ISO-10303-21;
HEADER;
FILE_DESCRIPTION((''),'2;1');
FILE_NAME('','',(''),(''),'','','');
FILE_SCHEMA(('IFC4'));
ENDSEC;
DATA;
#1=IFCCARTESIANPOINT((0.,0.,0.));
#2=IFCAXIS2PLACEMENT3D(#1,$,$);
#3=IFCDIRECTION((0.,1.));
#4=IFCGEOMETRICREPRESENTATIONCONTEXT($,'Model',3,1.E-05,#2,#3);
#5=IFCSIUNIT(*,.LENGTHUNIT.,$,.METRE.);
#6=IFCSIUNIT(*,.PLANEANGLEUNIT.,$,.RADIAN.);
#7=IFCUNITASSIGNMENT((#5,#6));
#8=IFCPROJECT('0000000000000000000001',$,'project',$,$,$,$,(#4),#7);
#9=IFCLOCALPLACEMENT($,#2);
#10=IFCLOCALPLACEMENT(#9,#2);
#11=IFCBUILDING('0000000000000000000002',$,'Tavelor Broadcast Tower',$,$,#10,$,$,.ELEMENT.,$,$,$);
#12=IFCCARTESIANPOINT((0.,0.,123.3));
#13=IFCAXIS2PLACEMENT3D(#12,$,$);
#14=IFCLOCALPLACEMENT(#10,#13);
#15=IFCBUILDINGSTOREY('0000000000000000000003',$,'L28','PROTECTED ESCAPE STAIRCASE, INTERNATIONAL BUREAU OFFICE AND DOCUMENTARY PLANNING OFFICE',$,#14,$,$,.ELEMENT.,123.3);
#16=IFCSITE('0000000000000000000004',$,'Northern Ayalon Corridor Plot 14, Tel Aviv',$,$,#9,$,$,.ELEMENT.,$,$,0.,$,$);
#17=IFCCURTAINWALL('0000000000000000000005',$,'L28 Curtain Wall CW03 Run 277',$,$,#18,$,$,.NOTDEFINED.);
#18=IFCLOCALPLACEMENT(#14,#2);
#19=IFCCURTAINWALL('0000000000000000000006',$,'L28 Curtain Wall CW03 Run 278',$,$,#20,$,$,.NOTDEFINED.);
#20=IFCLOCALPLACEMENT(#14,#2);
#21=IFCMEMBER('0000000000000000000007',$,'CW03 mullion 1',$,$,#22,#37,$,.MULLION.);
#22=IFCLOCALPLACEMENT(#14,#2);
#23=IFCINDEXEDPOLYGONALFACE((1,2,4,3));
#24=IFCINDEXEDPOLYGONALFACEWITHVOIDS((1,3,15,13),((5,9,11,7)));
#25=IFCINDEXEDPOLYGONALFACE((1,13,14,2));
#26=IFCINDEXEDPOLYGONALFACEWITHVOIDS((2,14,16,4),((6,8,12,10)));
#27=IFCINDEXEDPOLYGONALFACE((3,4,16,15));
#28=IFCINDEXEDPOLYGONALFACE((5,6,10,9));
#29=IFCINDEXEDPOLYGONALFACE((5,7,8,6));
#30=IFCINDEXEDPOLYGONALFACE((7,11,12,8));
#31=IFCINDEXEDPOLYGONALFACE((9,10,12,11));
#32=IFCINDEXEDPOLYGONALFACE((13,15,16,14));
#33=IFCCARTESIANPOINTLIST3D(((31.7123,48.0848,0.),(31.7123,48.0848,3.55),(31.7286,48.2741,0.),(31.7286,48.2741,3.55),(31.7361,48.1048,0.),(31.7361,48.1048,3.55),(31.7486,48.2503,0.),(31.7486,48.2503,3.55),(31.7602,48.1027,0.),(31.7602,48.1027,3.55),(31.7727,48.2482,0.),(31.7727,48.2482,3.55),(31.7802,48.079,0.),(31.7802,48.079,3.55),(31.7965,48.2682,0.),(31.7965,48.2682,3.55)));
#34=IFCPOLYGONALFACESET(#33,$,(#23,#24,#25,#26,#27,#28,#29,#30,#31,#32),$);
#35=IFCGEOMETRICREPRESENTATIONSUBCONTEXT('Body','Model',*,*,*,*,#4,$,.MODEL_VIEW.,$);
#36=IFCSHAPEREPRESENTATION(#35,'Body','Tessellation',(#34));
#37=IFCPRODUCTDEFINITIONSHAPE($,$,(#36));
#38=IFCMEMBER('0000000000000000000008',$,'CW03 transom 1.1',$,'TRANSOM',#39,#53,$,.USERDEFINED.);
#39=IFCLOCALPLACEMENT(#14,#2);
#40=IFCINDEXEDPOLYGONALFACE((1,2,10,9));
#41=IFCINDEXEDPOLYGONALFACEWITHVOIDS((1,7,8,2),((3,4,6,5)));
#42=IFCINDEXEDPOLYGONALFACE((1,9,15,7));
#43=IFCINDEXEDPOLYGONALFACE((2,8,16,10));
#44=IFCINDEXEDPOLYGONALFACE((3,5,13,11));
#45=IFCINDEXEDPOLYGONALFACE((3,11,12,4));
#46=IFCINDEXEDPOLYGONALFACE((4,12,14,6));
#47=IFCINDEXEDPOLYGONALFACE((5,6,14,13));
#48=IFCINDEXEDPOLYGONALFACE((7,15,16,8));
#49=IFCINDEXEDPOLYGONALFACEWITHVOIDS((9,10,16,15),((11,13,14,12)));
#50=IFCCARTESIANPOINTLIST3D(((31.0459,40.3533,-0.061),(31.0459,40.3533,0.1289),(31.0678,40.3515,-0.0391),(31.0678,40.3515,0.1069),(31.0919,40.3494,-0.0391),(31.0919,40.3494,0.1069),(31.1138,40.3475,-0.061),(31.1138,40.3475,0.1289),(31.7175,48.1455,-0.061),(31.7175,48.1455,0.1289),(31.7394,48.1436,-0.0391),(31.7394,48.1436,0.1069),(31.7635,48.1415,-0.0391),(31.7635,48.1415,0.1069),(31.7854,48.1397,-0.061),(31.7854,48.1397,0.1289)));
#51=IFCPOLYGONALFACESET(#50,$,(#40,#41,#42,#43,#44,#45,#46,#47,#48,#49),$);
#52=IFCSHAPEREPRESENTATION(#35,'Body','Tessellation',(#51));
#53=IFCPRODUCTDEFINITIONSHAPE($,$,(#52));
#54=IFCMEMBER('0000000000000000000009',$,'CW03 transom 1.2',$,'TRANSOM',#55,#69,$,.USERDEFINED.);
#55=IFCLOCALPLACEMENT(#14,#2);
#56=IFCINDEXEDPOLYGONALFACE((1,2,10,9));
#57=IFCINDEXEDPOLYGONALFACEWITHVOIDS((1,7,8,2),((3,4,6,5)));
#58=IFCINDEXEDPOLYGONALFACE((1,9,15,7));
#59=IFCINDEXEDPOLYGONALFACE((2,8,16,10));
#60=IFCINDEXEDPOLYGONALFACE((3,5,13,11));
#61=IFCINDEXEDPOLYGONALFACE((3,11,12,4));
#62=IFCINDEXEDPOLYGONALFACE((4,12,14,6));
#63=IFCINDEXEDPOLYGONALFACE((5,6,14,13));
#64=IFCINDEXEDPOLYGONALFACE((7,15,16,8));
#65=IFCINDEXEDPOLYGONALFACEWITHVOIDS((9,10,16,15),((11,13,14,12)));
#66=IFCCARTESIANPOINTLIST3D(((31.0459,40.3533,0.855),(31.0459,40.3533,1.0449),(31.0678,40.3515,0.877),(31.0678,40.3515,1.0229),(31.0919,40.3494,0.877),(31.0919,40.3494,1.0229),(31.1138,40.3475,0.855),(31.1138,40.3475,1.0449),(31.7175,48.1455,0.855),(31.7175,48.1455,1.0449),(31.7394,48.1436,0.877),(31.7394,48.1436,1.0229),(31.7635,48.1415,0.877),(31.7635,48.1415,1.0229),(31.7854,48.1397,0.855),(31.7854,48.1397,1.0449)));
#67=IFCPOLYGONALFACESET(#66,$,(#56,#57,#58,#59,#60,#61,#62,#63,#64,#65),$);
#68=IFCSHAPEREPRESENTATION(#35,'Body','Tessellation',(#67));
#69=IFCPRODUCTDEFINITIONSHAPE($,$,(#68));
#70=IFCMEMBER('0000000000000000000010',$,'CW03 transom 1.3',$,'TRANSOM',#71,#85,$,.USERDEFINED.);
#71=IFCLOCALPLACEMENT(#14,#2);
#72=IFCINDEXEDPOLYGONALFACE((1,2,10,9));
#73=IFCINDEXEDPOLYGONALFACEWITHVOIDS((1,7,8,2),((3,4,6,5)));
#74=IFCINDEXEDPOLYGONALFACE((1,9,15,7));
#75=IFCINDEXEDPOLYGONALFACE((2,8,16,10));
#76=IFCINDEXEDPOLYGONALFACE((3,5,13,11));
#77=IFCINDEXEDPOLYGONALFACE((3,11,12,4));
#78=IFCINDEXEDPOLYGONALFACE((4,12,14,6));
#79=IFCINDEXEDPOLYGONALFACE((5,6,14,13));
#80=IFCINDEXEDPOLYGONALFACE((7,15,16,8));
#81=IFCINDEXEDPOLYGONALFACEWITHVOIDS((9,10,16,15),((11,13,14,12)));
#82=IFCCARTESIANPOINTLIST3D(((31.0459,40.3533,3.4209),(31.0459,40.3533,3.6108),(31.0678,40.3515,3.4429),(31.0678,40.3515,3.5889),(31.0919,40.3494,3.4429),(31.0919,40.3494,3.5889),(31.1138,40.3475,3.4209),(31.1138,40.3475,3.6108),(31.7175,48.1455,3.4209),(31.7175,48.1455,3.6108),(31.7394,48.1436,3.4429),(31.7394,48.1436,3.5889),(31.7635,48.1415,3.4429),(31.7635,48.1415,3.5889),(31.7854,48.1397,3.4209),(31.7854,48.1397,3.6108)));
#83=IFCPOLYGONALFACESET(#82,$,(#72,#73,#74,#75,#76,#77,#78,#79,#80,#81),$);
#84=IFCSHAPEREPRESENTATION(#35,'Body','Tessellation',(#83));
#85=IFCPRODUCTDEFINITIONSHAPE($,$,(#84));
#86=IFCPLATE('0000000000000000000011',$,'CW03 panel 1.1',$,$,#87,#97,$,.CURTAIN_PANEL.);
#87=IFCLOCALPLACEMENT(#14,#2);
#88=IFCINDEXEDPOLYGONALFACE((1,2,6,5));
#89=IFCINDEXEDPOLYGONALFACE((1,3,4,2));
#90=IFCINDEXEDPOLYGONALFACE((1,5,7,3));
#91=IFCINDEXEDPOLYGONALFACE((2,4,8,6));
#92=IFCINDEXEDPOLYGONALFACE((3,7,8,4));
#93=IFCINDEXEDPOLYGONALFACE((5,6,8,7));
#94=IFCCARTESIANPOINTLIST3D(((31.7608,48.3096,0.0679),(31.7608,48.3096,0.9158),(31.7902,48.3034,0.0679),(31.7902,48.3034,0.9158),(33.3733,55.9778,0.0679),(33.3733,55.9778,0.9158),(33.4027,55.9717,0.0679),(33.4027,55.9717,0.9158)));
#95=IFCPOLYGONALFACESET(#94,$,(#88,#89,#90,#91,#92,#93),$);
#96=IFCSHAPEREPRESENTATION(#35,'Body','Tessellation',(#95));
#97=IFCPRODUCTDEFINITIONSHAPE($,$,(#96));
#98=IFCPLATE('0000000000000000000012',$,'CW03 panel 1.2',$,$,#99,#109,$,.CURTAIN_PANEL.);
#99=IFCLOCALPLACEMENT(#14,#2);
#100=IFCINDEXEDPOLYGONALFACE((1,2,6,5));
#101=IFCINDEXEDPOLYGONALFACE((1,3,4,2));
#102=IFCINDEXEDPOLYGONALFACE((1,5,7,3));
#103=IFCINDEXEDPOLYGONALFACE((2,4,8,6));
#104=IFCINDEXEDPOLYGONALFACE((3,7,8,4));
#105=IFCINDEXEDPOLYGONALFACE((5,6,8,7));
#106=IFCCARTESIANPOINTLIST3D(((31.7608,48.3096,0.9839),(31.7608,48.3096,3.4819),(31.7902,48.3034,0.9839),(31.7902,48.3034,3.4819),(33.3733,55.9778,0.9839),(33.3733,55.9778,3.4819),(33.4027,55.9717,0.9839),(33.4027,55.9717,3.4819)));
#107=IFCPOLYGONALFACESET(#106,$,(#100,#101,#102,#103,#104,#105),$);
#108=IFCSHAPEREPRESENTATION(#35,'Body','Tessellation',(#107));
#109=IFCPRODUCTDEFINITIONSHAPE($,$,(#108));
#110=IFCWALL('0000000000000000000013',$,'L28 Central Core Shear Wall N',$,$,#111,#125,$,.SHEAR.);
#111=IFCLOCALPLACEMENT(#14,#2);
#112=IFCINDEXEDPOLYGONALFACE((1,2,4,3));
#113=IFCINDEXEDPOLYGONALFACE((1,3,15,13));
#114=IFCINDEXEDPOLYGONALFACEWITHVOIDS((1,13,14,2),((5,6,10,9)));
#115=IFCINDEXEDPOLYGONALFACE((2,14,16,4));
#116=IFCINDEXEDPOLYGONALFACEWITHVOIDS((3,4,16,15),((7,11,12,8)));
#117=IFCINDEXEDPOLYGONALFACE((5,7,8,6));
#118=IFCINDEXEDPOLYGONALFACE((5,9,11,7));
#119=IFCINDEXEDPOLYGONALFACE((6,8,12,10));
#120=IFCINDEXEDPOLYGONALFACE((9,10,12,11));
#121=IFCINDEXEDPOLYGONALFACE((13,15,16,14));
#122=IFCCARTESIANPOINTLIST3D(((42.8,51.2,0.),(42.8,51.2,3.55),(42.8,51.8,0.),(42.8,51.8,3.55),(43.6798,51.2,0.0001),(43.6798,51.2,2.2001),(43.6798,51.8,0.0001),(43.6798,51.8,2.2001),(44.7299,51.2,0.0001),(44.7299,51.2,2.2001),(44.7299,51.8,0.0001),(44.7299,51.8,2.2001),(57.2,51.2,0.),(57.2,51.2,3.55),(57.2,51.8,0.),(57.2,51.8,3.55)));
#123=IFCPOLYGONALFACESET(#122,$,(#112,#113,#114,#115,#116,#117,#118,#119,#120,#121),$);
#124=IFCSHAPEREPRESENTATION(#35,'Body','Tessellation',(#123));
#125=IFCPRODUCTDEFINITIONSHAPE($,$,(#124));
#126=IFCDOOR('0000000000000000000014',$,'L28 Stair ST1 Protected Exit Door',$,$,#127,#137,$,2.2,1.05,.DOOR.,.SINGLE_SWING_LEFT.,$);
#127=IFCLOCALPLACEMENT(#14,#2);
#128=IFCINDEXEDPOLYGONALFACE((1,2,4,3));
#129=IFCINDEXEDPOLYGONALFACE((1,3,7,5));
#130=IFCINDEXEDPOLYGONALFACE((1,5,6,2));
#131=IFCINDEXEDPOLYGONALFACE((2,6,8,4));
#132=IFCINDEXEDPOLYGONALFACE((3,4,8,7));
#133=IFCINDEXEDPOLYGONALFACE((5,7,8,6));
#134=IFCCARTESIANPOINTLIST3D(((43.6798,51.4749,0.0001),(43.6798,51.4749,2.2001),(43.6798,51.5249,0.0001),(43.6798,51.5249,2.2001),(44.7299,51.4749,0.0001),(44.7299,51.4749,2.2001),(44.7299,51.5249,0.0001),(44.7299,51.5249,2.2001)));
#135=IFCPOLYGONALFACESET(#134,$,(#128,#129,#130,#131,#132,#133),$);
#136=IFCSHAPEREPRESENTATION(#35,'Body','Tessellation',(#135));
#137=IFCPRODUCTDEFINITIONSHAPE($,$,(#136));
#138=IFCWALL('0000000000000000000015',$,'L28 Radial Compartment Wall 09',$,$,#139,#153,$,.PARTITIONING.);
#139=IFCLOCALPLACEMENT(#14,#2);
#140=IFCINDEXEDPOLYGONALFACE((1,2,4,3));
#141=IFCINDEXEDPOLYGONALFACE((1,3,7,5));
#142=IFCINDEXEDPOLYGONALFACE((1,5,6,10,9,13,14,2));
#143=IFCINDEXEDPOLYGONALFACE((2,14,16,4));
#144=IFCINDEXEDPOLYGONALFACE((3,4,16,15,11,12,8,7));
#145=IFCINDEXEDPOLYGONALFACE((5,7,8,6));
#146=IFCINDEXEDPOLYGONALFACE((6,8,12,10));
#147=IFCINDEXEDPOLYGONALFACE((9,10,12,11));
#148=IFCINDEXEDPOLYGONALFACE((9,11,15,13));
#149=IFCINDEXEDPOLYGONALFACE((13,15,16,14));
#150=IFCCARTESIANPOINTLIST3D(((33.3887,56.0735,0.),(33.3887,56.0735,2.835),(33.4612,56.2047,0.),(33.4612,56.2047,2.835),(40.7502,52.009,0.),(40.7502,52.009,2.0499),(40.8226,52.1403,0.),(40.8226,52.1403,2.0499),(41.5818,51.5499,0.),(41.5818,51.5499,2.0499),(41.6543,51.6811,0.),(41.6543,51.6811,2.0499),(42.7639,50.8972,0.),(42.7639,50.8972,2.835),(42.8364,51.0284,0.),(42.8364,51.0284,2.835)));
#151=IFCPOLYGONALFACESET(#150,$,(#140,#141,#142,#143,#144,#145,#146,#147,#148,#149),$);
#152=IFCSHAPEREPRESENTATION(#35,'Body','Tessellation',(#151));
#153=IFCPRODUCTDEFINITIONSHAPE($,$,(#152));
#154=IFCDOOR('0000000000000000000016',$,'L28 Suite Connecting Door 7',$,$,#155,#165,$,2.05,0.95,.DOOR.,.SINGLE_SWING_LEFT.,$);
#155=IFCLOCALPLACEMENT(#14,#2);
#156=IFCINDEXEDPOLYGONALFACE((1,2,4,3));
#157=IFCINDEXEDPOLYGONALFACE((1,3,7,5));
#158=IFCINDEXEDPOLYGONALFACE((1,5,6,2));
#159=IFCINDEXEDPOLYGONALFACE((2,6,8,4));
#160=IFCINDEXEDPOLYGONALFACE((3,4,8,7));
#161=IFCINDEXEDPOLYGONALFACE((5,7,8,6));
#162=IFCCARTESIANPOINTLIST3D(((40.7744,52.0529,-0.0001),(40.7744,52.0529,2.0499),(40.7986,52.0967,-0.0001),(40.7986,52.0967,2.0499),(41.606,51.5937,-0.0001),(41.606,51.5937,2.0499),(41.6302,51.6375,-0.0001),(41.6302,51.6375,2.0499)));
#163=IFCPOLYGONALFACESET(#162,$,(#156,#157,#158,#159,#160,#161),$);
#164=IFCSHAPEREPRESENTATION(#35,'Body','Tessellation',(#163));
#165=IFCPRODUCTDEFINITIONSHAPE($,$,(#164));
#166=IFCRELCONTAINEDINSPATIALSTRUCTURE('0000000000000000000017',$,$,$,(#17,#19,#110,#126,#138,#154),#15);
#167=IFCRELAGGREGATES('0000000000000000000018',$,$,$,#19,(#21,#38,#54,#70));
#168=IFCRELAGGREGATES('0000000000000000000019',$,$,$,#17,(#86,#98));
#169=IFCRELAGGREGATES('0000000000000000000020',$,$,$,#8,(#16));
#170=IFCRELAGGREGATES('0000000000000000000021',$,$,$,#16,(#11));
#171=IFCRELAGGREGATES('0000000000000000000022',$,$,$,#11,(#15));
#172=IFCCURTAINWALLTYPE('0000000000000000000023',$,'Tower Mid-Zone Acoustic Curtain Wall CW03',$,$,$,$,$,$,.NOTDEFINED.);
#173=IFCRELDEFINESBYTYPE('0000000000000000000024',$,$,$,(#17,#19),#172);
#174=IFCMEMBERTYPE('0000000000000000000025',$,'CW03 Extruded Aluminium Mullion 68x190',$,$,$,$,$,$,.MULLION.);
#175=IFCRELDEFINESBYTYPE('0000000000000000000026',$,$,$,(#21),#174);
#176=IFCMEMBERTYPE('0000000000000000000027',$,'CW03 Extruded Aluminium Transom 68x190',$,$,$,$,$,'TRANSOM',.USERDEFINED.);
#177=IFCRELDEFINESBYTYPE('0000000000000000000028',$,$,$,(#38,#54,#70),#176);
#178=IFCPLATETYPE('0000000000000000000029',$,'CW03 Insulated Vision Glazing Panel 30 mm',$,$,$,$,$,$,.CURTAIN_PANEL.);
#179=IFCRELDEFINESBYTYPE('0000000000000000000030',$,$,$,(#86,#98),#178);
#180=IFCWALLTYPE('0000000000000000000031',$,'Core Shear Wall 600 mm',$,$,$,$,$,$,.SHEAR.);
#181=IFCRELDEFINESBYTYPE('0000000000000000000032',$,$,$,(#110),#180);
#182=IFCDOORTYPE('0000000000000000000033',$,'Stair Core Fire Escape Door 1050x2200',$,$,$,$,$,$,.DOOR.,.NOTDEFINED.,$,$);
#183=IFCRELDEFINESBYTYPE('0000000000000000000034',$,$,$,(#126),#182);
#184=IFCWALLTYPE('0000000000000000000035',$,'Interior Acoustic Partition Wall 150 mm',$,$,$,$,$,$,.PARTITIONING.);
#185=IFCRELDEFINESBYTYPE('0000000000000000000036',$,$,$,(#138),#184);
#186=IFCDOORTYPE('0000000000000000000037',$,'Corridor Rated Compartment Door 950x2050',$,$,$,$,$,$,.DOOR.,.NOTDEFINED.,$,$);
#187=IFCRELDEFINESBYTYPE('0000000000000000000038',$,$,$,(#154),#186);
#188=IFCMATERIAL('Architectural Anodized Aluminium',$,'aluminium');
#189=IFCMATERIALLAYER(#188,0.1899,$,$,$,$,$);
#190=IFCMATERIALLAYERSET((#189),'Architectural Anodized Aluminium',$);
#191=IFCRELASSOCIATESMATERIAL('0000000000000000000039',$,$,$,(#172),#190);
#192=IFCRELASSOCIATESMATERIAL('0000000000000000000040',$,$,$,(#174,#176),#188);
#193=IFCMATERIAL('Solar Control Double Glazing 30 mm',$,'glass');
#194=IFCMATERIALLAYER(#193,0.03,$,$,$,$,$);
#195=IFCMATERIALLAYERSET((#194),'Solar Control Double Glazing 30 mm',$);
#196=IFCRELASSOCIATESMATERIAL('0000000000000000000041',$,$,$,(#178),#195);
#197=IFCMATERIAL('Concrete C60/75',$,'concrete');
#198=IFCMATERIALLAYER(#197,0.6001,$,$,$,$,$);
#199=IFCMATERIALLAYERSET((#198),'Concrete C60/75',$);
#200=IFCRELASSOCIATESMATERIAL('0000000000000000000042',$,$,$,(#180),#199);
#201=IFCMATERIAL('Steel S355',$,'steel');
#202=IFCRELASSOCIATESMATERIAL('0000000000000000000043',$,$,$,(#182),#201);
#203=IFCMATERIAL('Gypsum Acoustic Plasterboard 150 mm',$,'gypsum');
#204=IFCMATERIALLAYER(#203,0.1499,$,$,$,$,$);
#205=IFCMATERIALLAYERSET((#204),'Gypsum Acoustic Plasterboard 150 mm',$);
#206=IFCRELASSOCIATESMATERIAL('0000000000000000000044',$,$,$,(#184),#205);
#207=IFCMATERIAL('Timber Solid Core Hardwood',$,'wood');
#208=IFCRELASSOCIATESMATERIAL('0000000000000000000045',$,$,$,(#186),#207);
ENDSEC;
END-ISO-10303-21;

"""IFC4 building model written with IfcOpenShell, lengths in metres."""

from ifc_helpers import new_model, si_unit, direction, frame, frame_2d, origin, origin_2d, place, context, subcontext, project, spatial, rectangle, hollow_rectangle, extrude, source, transform, mapped, material, layer, layer_set, material_profile, profile_set, type_object, type_shapes, element, fill, aggregate, save


model = new_model("IFC4")

# Units and contexts
model_context = context("Model", 3, precision=1e-05, world=origin(), true_north=direction((0.0, 1.0)))
body_context = subcontext(model_context, "Body", "Model", "MODEL_VIEW")
ifc_project = project(units=[si_unit("LENGTHUNIT", "METRE"), si_unit("PLANEANGLEUNIT", "RADIAN")], contexts=[model_context])

# Site, building, storey
site_placement = place(None, origin())
site = spatial("IfcSite", under=ifc_project, at=site_placement, Name="Northern Ayalon Corridor Plot 14, Tel Aviv", CompositionType="ELEMENT", RefElevation=0.0)
building_placement = place(site_placement, origin())
building = spatial("IfcBuilding", under=site, at=building_placement, Name="Tavelor Broadcast Tower", CompositionType="ELEMENT")
storey_placement = place(building_placement, frame((0.0, 0.0, 123.3)))
storey = spatial("IfcBuildingStorey", under=building, at=storey_placement, Name="L28", Description="PROTECTED ESCAPE STAIRCASE, INTERNATIONAL BUREAU OFFICE AND DOCUMENTARY PLANNING OFFICE", CompositionType="ELEMENT", Elevation=123.3)

# Shared definitions
ifc_material_1 = material(Name="Steel S355", Category="steel")

# Curtain wall
ifc_material_2 = material(Name="Architectural Anodized Aluminium", Category="aluminium")
ifc_layer_1 = layer(ifc_material_2, 0.1899)
ifc_layer_set_1 = layer_set([ifc_layer_1], Name="Architectural Anodized Aluminium")
curtain_wall_type = type_object("IfcCurtainWallType", Name="Tower Mid-Zone Acoustic Curtain Wall CW03", PredefinedType="NOTDEFINED", material=ifc_layer_set_1)
curtain_wall_1_placement = place(storey_placement, origin())
curtain_wall_1 = element("IfcCurtainWall", 1, at=curtain_wall_1_placement, inside=storey, type_object=curtain_wall_type, Name="L28 Curtain Wall CW03 Run 277", PredefinedType="NOTDEFINED")
ifc_material_profile_1 = material_profile(ifc_material_2, hollow_rectangle(XDim=0.0681, YDim=0.1899, WallThickness=0.022, at=origin_2d()), Name="RHS 68x190x22")
ifc_profile_set_1 = profile_set([ifc_material_profile_1], Name="Architectural Anodized Aluminium")
member_type_1 = type_object("IfcMemberType", Name="CW03 Extruded Aluminium Mullion 68x190", PredefinedType="MULLION", material=ifc_profile_set_1)
shared_shape_1 = source(origin(), body_context, "Body", "SweptSolid", [
    extrude(hollow_rectangle(XDim=0.0681, YDim=0.1899, WallThickness=0.022, at=origin_2d()), origin(), (0.0, 0.0, 1.0), 3.55),
])
type_shapes(member_type_1, [shared_shape_1])

# Curtain wall, members
curtain_wall_2_placement = place(storey_placement, origin())
curtain_wall_2 = element("IfcCurtainWall", 2, at=curtain_wall_2_placement, inside=storey, type_object=curtain_wall_type, Name="L28 Curtain Wall CW03 Run 278", PredefinedType="NOTDEFINED")
member_1_placement = place(storey_placement, frame((31.7544, 48.1765, 0.0), z_axis=(0.0, 0.0, 1.0), x_axis=(0.996307, -0.085861, 0.0)))
member_1 = element("IfcMember", 3, at=member_1_placement, type_object=member_type_1, Name="CW03 mullion 1", PredefinedType="MULLION", context=body_context, shape_type="MappedRepresentation", body=[
    mapped(shared_shape_1, transform((0.0, 0.0, 0.0), scale=1.0)),
])
ifc_material_profile_2 = material_profile(ifc_material_2, hollow_rectangle(XDim=0.0681, YDim=0.1899, WallThickness=0.022, at=origin_2d()), Name="RHS 68x190x22")
ifc_profile_set_2 = profile_set([ifc_material_profile_2], Name="Architectural Anodized Aluminium")
member_type_2 = type_object("IfcMemberType", Name="CW03 Extruded Aluminium Transom 68x190", ElementType="TRANSOM", PredefinedType="USERDEFINED", material=ifc_profile_set_2)
shared_shape_2 = source(origin(), body_context, "Body", "SweptSolid", [
    extrude(hollow_rectangle(XDim=0.0681, YDim=0.1899, WallThickness=0.022, at=origin_2d()), origin(), (0.0, 0.0, 1.0), 7.821),
])
type_shapes(member_type_2, [shared_shape_2])
member_2_placement = place(storey_placement, frame((31.7515, 48.1426, 0.0339), z_axis=(-0.085874, -0.996306, 0.0), x_axis=(0.996306, -0.085874, 0.0)))
member_2 = element("IfcMember", 4, at=member_2_placement, type_object=member_type_2, Name="CW03 transom 1.1", ObjectType="TRANSOM", PredefinedType="USERDEFINED", context=body_context, shape_type="MappedRepresentation", body=[
    mapped(shared_shape_2, transform((0.0, 0.0, 0.0), scale=1.0)),
])
member_3_placement = place(storey_placement, frame((31.7515, 48.1426, 0.95), z_axis=(-0.085874, -0.996306, 0.0), x_axis=(0.996306, -0.085874, 0.0)))
member_3 = element("IfcMember", 5, at=member_3_placement, type_object=member_type_2, Name="CW03 transom 1.2", ObjectType="TRANSOM", PredefinedType="USERDEFINED", context=body_context, shape_type="MappedRepresentation", body=[
    mapped(shared_shape_2, transform((0.0, 0.0, 0.0), scale=1.0)),
])
member_4_placement = place(storey_placement, frame((31.7515, 48.1426, 3.5159), z_axis=(-0.085874, -0.996306, 0.0), x_axis=(0.996306, -0.085874, 0.0)))
member_4 = element("IfcMember", 6, at=member_4_placement, type_object=member_type_2, Name="CW03 transom 1.3", ObjectType="TRANSOM", PredefinedType="USERDEFINED", context=body_context, shape_type="MappedRepresentation", body=[
    mapped(shared_shape_2, transform((0.0, 0.0, 0.0), scale=1.0)),
])
aggregate(curtain_wall_2, [member_1, member_2, member_3, member_4])

# Plates
ifc_material_3 = material(Name="Solar Control Double Glazing 30 mm", Category="glass")
ifc_layer_2 = layer(ifc_material_3, 0.03)
ifc_layer_set_2 = layer_set([ifc_layer_2], Name="Solar Control Double Glazing 30 mm")
plate_type = type_object("IfcPlateType", Name="CW03 Insulated Vision Glazing Panel 30 mm", PredefinedType="CURTAIN_PANEL", material=ifc_layer_set_2)
shared_shape_3 = source(origin(), body_context, "Body", "SweptSolid", [
    extrude(rectangle(XDim=7.8359, YDim=0.03, at=origin_2d()), origin(), (0.0, 0.0, 1.0), 0.8479),
])
plate_1_placement = place(storey_placement, frame((32.5818, 52.1406, 0.0679), z_axis=(0.0, 0.0, 1.0), x_axis=(-0.205782, -0.978598, 0.0)))
plate_1 = element("IfcPlate", 7, at=plate_1_placement, type_object=plate_type, Name="CW03 panel 1.1", PredefinedType="CURTAIN_PANEL", context=body_context, shape_type="MappedRepresentation", body=[
    mapped(shared_shape_3, transform((0.0, 0.0, 0.0), scale=1.0)),
])
shared_shape_4 = source(origin(), body_context, "Body", "SweptSolid", [
    extrude(rectangle(XDim=7.8359, YDim=0.03, at=origin_2d()), origin(), (0.0, 0.0, 1.0), 2.498),
])
type_shapes(plate_type, [shared_shape_3, shared_shape_4])
plate_2_placement = place(storey_placement, frame((32.5818, 52.1406, 0.9839), z_axis=(0.0, 0.0, 1.0), x_axis=(-0.205782, -0.978598, 0.0)))
plate_2 = element("IfcPlate", 8, at=plate_2_placement, type_object=plate_type, Name="CW03 panel 1.2", PredefinedType="CURTAIN_PANEL", context=body_context, shape_type="MappedRepresentation", body=[
    mapped(shared_shape_4, transform((0.0, 0.0, 0.0), scale=1.0)),
])
aggregate(curtain_wall_1, [plate_1, plate_2])

# Walls, openings, doors
ifc_material_4 = material(Name="Concrete C60/75", Category="concrete")
ifc_layer_3 = layer(ifc_material_4, 0.6001)
ifc_layer_set_3 = layer_set([ifc_layer_3], Name="Concrete C60/75")
wall_type_1 = type_object("IfcWallType", Name="Core Shear Wall 600 mm", PredefinedType="SHEAR", material=ifc_layer_set_3)
wall_1_placement = place(storey_placement, frame((42.8, 51.5, 0.0), z_axis=(0.0, 0.0, 1.0), x_axis=(1.0, 0.0, 0.0)))
wall_1 = element("IfcWall", 9, at=wall_1_placement, inside=storey, type_object=wall_type_1, Name="L28 Central Core Shear Wall N", PredefinedType="SHEAR", context=body_context, shape_type="SweptSolid", body=[
    extrude(rectangle(XDim=14.3999, YDim=0.6001, at=frame_2d((7.2, 0.0))), origin(), (0.0, 0.0, 1.0), 3.55),
])
opening_1_placement = place(wall_1_placement, frame((0.8799, 0.0, 0.0)))
opening_1 = element("IfcOpeningElement", 10, at=opening_1_placement, cuts=wall_1, PredefinedType="OPENING", context=body_context, shape_type="SweptSolid", body=[
    extrude(rectangle(XDim=1.05, YDim=2.2, at=frame_2d((0.5249, 1.1001))), frame((0.0, 0.3101, 0.0), z_axis=(0.0, -1.0, 0.0), x_axis=(1.0, 0.0, 0.0)), (0.0, 0.0, 1.0), 0.6201),
])
door_type_1 = type_object("IfcDoorType", Name="Stair Core Fire Escape Door 1050x2200", OperationType="NOTDEFINED", PredefinedType="DOOR", material=ifc_material_1)
door_1_placement = place(opening_1_placement, origin())
door_1 = element("IfcDoor", 11, at=door_1_placement, inside=storey, type_object=door_type_1, Name="L28 Stair ST1 Protected Exit Door", OperationType="SINGLE_SWING_LEFT", OverallHeight=2.2, OverallWidth=1.05, PredefinedType="DOOR", context=body_context, shape_type="SweptSolid", body=[
    extrude(rectangle(XDim=1.05, YDim=2.2, at=frame_2d((0.5249, 1.1001))), frame((0.0, 0.0249, 0.0), z_axis=(0.0, -1.0, 0.0), x_axis=(1.0, 0.0, 0.0)), (0.0, 0.0, 1.0), 0.05),
])
fill(opening_1, door_1)
ifc_material_5 = material(Name="Gypsum Acoustic Plasterboard 150 mm", Category="gypsum")
ifc_layer_4 = layer(ifc_material_5, 0.1499)
ifc_layer_set_4 = layer_set([ifc_layer_4], Name="Gypsum Acoustic Plasterboard 150 mm")
wall_type_2 = type_object("IfcWallType", Name="Interior Acoustic Partition Wall 150 mm", PredefinedType="PARTITIONING", material=ifc_layer_set_4)
wall_2_placement = place(storey_placement, frame((42.8, 50.9629, 0.0), z_axis=(0.0, 0.0, 1.0), x_axis=(-0.875431, 0.483344, 0.0)))
wall_2 = element("IfcWall", 12, at=wall_2_placement, inside=storey, type_object=wall_type_2, Name="L28 Radial Compartment Wall 09", PredefinedType="PARTITIONING", context=body_context, shape_type="SweptSolid", body=[
    extrude(rectangle(XDim=10.7092, YDim=0.1499, at=frame_2d((5.3545, 0.0))), origin(), (0.0, 0.0, 1.0), 2.835),
])
opening_2_placement = place(wall_2_placement, frame((1.3501, 0.0, 0.0)))
opening_2 = element("IfcOpeningElement", 13, at=opening_2_placement, cuts=wall_2, PredefinedType="OPENING", context=body_context, shape_type="SweptSolid", body=[
    extrude(rectangle(XDim=0.95, YDim=2.05, at=frame_2d((0.4751, 1.0249))), frame((0.0, 0.085, 0.0), z_axis=(0.0, -1.0, 0.0), x_axis=(1.0, 0.0, 0.0)), (0.0, 0.0, 1.0), 0.1699),
])
ifc_material_6 = material(Name="Timber Solid Core Hardwood", Category="wood")
door_type_2 = type_object("IfcDoorType", Name="Corridor Rated Compartment Door 950x2050", OperationType="NOTDEFINED", PredefinedType="DOOR", material=ifc_material_6)
door_2_placement = place(opening_2_placement, origin())
door_2 = element("IfcDoor", 14, at=door_2_placement, inside=storey, type_object=door_type_2, Name="L28 Suite Connecting Door 7", OperationType="SINGLE_SWING_LEFT", OverallHeight=2.05, OverallWidth=0.95, PredefinedType="DOOR", context=body_context, shape_type="SweptSolid", body=[
    extrude(rectangle(XDim=0.95, YDim=2.05, at=frame_2d((0.4751, 1.0249))), frame((0.0, 0.0249, 0.0), z_axis=(0.0, -1.0, 0.0), x_axis=(1.0, 0.0, 0.0)), (0.0, 0.0, 1.0), 0.05),
])
fill(opening_2, door_2)

save(model, "model.ifc")
